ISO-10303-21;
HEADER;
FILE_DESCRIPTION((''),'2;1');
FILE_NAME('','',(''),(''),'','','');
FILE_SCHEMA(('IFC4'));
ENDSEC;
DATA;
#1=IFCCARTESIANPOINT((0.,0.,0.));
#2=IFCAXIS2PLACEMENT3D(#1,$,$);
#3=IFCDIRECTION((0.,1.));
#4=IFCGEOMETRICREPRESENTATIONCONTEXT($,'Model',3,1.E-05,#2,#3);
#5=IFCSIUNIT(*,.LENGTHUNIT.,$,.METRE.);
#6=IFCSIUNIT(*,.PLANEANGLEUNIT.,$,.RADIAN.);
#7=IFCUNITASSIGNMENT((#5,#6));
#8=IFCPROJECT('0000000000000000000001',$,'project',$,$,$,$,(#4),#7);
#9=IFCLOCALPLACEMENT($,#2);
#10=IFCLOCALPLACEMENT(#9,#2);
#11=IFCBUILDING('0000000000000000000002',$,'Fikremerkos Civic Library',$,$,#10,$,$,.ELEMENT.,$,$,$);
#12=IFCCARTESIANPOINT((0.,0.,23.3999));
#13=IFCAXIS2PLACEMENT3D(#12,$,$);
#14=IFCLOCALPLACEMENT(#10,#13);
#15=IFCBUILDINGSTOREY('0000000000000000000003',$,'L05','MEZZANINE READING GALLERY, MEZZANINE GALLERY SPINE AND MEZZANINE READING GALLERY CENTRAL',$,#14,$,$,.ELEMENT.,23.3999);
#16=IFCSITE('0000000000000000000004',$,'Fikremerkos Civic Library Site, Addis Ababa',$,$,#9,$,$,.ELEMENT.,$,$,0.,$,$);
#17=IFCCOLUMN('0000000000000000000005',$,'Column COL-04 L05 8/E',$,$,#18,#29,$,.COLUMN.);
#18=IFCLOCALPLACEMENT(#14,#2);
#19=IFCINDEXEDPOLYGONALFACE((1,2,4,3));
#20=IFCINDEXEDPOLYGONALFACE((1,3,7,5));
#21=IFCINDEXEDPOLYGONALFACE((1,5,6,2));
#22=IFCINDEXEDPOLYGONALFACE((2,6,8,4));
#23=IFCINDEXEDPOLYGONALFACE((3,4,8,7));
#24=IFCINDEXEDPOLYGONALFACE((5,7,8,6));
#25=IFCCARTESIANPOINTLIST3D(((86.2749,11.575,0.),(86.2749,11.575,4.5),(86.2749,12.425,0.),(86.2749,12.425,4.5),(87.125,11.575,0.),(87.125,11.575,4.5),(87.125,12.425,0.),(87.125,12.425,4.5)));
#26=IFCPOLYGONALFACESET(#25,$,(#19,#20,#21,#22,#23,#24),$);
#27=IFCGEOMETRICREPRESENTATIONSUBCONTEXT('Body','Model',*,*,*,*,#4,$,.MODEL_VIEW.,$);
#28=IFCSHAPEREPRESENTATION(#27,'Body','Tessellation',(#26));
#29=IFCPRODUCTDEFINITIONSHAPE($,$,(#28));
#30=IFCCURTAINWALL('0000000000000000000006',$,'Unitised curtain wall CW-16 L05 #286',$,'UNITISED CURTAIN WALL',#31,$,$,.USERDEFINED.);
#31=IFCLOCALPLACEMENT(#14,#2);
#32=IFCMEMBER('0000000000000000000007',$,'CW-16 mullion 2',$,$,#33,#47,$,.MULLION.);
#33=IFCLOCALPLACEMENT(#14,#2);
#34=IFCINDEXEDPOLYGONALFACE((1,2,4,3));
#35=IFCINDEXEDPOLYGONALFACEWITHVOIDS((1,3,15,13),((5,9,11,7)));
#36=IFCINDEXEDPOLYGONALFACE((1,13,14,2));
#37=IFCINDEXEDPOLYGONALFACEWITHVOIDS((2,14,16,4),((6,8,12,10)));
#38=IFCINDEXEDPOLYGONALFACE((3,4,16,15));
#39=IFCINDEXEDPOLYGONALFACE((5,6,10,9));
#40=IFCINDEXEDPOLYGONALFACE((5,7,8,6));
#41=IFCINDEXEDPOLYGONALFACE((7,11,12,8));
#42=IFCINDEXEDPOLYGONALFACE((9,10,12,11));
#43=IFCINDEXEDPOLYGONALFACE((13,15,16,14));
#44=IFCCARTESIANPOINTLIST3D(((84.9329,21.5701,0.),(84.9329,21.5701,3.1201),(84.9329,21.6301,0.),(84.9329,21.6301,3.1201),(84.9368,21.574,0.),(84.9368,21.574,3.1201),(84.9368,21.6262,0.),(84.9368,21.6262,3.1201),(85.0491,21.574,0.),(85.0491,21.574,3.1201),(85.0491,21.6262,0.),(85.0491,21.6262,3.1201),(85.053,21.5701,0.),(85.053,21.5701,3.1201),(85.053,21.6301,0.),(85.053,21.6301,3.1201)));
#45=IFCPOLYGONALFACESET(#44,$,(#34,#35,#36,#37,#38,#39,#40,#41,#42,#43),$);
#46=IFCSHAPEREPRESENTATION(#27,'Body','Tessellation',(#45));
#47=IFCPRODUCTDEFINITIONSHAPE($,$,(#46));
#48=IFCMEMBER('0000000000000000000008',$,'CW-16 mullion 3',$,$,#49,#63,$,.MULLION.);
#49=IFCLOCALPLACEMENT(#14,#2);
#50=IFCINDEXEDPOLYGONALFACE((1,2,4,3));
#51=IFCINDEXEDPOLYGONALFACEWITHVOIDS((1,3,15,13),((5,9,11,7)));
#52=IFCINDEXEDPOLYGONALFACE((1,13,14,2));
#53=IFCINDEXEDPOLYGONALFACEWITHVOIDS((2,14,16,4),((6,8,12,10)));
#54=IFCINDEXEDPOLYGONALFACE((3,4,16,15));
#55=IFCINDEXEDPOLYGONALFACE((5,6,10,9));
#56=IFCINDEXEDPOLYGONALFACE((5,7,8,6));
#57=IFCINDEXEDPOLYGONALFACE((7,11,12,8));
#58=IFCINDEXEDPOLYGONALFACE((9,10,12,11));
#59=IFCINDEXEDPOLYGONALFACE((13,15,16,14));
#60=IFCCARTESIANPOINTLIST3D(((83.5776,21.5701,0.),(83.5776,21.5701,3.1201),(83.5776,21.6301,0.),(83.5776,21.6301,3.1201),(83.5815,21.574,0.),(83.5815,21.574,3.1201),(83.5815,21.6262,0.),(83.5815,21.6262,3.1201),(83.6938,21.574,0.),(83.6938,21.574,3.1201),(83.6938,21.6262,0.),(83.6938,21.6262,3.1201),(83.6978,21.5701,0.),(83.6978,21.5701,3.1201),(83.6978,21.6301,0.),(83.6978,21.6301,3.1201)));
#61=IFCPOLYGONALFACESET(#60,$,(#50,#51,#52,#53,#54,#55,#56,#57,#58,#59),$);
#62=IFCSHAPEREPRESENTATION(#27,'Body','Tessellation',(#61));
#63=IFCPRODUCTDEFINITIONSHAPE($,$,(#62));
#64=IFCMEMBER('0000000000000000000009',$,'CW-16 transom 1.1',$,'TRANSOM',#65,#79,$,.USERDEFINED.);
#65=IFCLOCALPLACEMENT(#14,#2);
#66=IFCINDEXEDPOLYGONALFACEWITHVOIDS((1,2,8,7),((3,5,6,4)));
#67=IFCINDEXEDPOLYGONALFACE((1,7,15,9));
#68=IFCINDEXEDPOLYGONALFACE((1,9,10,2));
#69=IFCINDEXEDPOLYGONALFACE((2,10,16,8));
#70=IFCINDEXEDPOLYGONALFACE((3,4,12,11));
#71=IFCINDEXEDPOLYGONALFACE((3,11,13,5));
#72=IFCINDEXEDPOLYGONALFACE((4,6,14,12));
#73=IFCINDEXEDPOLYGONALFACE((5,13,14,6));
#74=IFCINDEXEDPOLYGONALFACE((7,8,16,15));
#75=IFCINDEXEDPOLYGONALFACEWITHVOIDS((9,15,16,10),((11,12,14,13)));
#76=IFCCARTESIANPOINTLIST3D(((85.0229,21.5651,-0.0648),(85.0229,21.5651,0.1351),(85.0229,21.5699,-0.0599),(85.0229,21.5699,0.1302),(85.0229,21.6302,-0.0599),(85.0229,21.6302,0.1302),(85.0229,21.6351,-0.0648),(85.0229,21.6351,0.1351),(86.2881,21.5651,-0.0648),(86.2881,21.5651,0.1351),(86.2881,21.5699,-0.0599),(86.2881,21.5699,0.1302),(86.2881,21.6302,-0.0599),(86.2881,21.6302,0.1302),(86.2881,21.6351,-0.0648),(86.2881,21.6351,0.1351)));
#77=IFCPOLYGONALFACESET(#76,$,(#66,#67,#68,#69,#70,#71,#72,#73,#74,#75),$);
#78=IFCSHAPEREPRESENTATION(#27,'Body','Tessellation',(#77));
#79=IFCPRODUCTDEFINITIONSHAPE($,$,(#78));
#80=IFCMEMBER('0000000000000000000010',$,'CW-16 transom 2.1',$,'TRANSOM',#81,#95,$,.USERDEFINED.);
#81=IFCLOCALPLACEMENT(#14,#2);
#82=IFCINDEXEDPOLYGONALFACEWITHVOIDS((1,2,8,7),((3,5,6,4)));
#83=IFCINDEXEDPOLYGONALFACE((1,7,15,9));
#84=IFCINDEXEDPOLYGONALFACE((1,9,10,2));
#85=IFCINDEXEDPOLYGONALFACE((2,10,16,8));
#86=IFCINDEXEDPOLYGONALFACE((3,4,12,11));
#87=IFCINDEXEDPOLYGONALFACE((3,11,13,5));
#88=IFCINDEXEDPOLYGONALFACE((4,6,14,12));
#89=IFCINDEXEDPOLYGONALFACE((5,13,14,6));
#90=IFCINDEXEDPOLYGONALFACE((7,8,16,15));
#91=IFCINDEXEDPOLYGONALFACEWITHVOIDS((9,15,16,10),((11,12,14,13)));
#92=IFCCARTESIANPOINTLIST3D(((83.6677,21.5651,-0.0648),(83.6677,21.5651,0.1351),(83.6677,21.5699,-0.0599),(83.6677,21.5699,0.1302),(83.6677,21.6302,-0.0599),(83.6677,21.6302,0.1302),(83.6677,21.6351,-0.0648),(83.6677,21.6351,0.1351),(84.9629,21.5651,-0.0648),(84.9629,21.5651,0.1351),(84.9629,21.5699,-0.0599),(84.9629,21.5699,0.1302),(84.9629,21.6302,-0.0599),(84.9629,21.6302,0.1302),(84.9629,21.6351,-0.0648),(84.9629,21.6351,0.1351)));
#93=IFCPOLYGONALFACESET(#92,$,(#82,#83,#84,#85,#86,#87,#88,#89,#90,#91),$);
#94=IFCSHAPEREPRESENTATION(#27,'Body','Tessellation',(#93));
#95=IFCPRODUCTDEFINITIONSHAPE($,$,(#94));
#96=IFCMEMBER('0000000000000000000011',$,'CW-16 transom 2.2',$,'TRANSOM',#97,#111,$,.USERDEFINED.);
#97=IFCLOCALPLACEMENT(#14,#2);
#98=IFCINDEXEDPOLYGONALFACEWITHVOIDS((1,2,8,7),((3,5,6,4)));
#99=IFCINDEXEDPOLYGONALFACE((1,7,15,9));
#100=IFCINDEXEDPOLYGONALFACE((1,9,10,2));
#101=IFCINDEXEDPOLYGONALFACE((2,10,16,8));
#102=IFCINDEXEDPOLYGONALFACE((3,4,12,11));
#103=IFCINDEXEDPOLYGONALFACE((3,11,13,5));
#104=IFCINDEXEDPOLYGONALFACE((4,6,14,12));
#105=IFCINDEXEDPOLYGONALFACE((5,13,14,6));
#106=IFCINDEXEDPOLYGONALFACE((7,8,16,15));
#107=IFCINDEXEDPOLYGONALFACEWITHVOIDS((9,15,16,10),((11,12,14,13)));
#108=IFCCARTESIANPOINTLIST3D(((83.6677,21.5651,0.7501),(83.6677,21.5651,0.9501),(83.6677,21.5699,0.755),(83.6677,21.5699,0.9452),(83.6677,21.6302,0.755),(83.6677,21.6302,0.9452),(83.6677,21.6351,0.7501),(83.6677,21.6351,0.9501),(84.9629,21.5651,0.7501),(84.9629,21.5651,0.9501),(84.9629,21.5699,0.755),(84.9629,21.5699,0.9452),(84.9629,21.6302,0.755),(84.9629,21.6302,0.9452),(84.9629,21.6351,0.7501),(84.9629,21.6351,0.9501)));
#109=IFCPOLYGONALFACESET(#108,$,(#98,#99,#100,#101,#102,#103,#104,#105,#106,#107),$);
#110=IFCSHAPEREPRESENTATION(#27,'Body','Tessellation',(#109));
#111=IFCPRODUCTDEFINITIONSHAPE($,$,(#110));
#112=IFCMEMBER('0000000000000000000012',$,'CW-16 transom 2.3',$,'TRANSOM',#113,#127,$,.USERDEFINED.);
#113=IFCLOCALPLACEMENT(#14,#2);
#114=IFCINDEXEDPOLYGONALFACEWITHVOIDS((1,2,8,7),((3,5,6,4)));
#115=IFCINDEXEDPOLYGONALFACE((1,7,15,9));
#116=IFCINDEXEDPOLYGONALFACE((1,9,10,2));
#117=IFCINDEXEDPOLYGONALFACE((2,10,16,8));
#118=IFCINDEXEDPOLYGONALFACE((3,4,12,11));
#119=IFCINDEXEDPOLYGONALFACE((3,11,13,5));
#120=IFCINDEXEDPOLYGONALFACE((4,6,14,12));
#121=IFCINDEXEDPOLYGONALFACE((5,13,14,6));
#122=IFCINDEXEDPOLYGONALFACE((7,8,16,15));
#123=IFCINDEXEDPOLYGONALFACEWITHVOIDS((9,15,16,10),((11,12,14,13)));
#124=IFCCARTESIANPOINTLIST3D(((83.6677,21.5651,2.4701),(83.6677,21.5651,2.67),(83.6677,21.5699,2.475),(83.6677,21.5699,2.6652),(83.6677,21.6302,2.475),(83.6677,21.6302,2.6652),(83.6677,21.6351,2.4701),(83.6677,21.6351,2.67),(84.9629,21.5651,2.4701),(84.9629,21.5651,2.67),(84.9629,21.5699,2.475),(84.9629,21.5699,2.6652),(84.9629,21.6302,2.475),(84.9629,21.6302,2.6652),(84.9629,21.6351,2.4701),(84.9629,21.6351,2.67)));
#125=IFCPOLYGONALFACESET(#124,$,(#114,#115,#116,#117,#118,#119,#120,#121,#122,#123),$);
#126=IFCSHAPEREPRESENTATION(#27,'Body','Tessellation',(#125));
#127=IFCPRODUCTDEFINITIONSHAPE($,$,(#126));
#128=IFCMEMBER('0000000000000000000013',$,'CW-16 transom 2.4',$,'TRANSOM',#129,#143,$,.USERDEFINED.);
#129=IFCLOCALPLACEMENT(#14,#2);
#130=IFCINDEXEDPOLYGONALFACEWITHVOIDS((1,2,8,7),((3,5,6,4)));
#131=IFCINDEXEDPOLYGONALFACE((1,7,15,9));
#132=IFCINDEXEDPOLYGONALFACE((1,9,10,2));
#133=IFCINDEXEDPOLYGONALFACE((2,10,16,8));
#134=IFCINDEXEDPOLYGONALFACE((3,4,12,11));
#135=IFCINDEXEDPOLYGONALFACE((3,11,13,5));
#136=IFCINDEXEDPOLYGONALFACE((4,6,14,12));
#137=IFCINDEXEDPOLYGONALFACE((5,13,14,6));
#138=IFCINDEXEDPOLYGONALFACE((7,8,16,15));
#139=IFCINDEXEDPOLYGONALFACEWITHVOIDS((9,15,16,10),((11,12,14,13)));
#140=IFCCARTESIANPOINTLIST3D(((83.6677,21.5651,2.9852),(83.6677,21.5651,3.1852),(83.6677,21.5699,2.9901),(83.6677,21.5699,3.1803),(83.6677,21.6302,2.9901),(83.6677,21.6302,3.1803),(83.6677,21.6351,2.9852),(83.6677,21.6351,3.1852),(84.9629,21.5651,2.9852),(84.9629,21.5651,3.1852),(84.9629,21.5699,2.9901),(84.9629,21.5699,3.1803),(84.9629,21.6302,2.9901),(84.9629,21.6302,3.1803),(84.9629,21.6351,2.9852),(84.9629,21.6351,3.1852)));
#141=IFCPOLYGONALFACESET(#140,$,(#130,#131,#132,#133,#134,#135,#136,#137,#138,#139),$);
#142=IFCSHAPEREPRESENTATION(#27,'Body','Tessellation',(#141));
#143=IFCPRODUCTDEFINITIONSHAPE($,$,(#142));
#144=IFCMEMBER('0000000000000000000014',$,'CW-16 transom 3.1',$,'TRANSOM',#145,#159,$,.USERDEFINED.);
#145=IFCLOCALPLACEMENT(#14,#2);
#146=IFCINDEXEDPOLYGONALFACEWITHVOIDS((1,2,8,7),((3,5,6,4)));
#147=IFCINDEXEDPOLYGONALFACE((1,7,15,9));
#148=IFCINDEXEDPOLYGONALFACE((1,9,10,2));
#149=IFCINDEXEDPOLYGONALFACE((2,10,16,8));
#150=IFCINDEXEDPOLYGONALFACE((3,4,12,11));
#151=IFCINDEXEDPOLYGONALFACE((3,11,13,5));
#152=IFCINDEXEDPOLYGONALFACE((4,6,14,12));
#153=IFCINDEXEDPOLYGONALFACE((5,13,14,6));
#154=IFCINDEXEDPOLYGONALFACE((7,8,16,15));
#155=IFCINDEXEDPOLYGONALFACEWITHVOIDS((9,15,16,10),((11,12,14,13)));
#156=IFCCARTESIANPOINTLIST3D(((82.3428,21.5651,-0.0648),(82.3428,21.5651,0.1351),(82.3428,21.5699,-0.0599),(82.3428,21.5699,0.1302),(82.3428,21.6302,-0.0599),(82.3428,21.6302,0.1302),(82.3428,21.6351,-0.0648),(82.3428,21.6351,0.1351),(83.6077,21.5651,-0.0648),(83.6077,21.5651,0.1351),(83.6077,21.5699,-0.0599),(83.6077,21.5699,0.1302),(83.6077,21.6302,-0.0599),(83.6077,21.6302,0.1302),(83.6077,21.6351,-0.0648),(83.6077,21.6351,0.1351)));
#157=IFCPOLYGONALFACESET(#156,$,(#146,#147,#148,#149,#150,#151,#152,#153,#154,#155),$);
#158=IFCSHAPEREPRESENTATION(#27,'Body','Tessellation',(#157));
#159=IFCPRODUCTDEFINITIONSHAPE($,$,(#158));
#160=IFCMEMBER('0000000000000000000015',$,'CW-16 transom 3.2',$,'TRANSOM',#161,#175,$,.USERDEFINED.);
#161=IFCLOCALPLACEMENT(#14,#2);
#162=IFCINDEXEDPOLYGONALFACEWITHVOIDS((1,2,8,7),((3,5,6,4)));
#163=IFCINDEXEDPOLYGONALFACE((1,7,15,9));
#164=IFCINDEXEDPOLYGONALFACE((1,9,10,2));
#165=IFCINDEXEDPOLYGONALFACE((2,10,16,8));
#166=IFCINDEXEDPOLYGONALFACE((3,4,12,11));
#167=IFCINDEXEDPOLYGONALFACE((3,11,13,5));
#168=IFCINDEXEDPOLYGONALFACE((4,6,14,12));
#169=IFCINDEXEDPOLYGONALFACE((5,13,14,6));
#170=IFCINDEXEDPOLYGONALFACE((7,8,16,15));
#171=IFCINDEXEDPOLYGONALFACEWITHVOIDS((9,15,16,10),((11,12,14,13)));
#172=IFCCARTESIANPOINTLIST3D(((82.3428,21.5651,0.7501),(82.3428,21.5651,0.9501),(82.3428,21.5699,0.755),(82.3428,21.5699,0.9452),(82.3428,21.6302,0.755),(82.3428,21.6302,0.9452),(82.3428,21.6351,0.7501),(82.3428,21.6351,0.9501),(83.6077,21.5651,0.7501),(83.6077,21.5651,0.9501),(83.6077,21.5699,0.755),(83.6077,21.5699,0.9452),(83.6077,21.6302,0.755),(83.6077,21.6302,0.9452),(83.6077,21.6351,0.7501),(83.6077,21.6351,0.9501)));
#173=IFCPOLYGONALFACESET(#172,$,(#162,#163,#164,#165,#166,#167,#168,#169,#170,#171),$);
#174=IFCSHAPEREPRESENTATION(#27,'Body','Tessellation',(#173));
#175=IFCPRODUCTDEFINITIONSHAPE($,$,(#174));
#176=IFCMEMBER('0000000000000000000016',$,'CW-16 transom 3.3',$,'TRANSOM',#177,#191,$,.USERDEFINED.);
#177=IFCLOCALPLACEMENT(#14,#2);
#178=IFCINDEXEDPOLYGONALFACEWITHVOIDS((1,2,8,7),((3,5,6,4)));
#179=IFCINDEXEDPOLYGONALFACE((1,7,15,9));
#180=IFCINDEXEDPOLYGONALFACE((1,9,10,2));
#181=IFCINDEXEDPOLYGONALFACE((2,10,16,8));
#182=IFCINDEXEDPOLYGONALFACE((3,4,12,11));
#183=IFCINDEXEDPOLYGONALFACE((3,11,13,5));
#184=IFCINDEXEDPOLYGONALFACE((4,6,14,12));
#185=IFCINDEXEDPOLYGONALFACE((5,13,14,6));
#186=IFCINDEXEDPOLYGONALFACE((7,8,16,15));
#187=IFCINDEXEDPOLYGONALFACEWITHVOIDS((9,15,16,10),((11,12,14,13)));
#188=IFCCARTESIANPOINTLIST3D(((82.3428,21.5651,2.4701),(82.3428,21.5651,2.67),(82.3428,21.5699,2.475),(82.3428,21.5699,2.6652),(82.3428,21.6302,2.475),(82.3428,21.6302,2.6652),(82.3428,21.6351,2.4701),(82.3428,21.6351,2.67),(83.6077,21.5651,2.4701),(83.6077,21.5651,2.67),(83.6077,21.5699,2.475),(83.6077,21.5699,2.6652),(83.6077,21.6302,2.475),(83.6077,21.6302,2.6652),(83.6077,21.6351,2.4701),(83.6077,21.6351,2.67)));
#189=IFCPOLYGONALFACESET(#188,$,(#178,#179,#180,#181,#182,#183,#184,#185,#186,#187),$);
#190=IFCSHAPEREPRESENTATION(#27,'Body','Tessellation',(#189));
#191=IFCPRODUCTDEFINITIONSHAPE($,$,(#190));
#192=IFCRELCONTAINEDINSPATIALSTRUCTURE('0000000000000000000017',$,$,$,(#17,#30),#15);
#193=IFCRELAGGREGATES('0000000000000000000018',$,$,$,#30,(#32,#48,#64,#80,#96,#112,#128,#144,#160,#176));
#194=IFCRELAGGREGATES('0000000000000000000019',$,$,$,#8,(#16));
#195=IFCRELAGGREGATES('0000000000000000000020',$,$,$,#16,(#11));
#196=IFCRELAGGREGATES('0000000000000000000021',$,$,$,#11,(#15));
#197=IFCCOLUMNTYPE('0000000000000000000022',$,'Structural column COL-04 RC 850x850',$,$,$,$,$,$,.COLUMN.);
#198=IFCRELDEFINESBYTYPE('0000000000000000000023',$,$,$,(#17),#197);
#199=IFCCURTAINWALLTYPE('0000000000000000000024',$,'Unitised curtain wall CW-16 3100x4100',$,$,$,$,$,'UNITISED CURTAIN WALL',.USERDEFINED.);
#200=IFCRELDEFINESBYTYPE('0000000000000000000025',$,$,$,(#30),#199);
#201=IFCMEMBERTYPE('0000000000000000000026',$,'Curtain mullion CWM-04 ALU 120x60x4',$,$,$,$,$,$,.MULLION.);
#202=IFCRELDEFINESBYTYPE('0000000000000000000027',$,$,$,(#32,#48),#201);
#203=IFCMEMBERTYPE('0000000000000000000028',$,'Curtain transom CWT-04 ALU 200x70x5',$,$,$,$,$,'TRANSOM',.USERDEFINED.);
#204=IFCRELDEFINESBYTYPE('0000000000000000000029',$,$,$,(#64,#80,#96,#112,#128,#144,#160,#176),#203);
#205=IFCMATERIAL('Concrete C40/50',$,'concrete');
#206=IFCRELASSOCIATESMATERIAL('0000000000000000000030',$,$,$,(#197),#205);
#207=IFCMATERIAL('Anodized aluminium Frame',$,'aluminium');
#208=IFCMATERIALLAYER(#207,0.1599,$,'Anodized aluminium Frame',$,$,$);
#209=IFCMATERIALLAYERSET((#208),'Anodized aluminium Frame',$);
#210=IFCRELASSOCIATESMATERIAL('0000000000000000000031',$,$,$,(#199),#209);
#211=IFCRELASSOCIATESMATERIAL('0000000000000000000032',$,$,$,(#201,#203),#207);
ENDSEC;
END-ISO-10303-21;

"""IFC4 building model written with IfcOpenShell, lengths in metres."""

from ifc_helpers import new_model, si_unit, direction, frame, origin, origin_2d, place, context, subcontext, project, spatial, rectangle, hollow_rectangle, extrude, material, layer, layer_set, material_profile, profile_set, type_object, element, aggregate, save


model = new_model("IFC4")

# Units and contexts
model_context = context("Model", 3, precision=1e-05, world=origin(), true_north=direction((0.0, 1.0)))
body_context = subcontext(model_context, "Body", "Model", "MODEL_VIEW")
ifc_project = project(units=[si_unit("LENGTHUNIT", "METRE"), si_unit("PLANEANGLEUNIT", "RADIAN")], contexts=[model_context])

# Site, building, storey
site_placement = place(None, origin())
site = spatial("IfcSite", under=ifc_project, at=site_placement, Name="Fikremerkos Civic Library Site, Addis Ababa", CompositionType="ELEMENT", RefElevation=0.0)
building_placement = place(site_placement, origin())
building = spatial("IfcBuilding", under=site, at=building_placement, Name="Fikremerkos Civic Library", CompositionType="ELEMENT")
storey_placement = place(building_placement, frame((0.0, 0.0, 23.3999)))
storey = spatial("IfcBuildingStorey", under=building, at=storey_placement, Name="L05", Description="MEZZANINE READING GALLERY, MEZZANINE GALLERY SPINE AND MEZZANINE READING GALLERY CENTRAL", CompositionType="ELEMENT", Elevation=23.3999)

# Column
ifc_material_1 = material(Name="Concrete C40/50", Category="concrete")
ifc_material_profile_1 = material_profile(ifc_material_1, rectangle(XDim=0.8501, YDim=0.8501, at=origin_2d()), Name="RC 850x850")
ifc_profile_set_1 = profile_set([ifc_material_profile_1], Name="Concrete C40/50")
column_type = type_object("IfcColumnType", Name="Structural column COL-04 RC 850x850", PredefinedType="COLUMN", material=ifc_profile_set_1)
column_placement = place(storey_placement, frame((86.7, 12.0, 0.0), z_axis=(0.0, 0.0, 1.0), x_axis=(1.0, 0.0, 0.0)))
element("IfcColumn", 1, at=column_placement, inside=storey, type_object=column_type, Name="Column COL-04 L05 8/E", PredefinedType="COLUMN", context=body_context, shape_type="SweptSolid", body=[
    extrude(rectangle(XDim=0.8501, YDim=0.8501, at=origin_2d()), origin(), (0.0, 0.0, 1.0), 4.5),
])

# Curtain wall, members
ifc_material_2 = material(Name="Anodized aluminium Frame", Category="aluminium")
ifc_layer_1 = layer(ifc_material_2, 0.1599, Name="Anodized aluminium Frame")
ifc_layer_set_1 = layer_set([ifc_layer_1], Name="Anodized aluminium Frame")
curtain_wall_type = type_object("IfcCurtainWallType", Name="Unitised curtain wall CW-16 3100x4100", ElementType="UNITISED CURTAIN WALL", PredefinedType="USERDEFINED", material=ifc_layer_set_1)
curtain_wall_placement = place(storey_placement, origin())
curtain_wall = element("IfcCurtainWall", 2, at=curtain_wall_placement, inside=storey, type_object=curtain_wall_type, Name="Unitised curtain wall CW-16 L05 #286", ObjectType="UNITISED CURTAIN WALL", PredefinedType="USERDEFINED")
ifc_material_profile_2 = material_profile(ifc_material_2, hollow_rectangle(XDim=0.0601, YDim=0.1201, WallThickness=0.0039, at=origin_2d()), Name="ALU 120x60x4")
ifc_profile_set_2 = profile_set([ifc_material_profile_2], Name="Anodized aluminium Frame")
member_type_1 = type_object("IfcMemberType", Name="Curtain mullion CWM-04 ALU 120x60x4", PredefinedType="MULLION", material=ifc_profile_set_2)
member_1_placement = place(storey_placement, frame((84.9929, 21.6001, 0.0), z_axis=(0.0, 0.0, 1.0), x_axis=(0.0, -1.0, 0.0)))
member_1 = element("IfcMember", 3, at=member_1_placement, type_object=member_type_1, Name="CW-16 mullion 2", PredefinedType="MULLION", context=body_context, shape_type="SweptSolid", body=[
    extrude(hollow_rectangle(XDim=0.0601, YDim=0.1201, WallThickness=0.0039, at=origin_2d()), origin(), (0.0, 0.0, 1.0), 3.1201),
])
member_2_placement = place(storey_placement, frame((83.6377, 21.6001, 0.0), z_axis=(0.0, 0.0, 1.0), x_axis=(0.0, -1.0, 0.0)))
member_2 = element("IfcMember", 4, at=member_2_placement, type_object=member_type_1, Name="CW-16 mullion 3", PredefinedType="MULLION", context=body_context, shape_type="SweptSolid", body=[
    extrude(hollow_rectangle(XDim=0.0601, YDim=0.1201, WallThickness=0.0039, at=origin_2d()), origin(), (0.0, 0.0, 1.0), 3.1201),
])
ifc_material_profile_3 = material_profile(ifc_material_2, hollow_rectangle(XDim=0.0701, YDim=0.2, WallThickness=0.0049, at=origin_2d()), Name="ALU 200x70x5")
ifc_profile_set_3 = profile_set([ifc_material_profile_3], Name="Anodized aluminium Frame")
member_type_2 = type_object("IfcMemberType", Name="Curtain transom CWT-04 ALU 200x70x5", ElementType="TRANSOM", PredefinedType="USERDEFINED", material=ifc_profile_set_3)
member_3_placement = place(storey_placement, frame((86.2881, 21.6001, 0.0352), z_axis=(-1.0, 0.0, 0.0), x_axis=(0.0, -1.0, 0.0)))
member_3 = element("IfcMember", 5, at=member_3_placement, type_object=member_type_2, Name="CW-16 transom 1.1", ObjectType="TRANSOM", PredefinedType="USERDEFINED", context=body_context, shape_type="SweptSolid", body=[
    extrude(hollow_rectangle(XDim=0.0701, YDim=0.2, WallThickness=0.0049, at=origin_2d()), origin(), (0.0, 0.0, 1.0), 1.2651),
])
member_4_placement = place(storey_placement, frame((84.9629, 21.6001, 0.0352), z_axis=(-1.0, 0.0, 0.0), x_axis=(0.0, -1.0, 0.0)))
member_4 = element("IfcMember", 6, at=member_4_placement, type_object=member_type_2, Name="CW-16 transom 2.1", ObjectType="TRANSOM", PredefinedType="USERDEFINED", context=body_context, shape_type="SweptSolid", body=[
    extrude(hollow_rectangle(XDim=0.0701, YDim=0.2, WallThickness=0.0049, at=origin_2d()), origin(), (0.0, 0.0, 1.0), 1.2952),
])
member_5_placement = place(storey_placement, frame((84.9629, 21.6001, 0.8501), z_axis=(-1.0, 0.0, 0.0), x_axis=(0.0, -1.0, 0.0)))
member_5 = element("IfcMember", 7, at=member_5_placement, type_object=member_type_2, Name="CW-16 transom 2.2", ObjectType="TRANSOM", PredefinedType="USERDEFINED", context=body_context, shape_type="SweptSolid", body=[
    extrude(hollow_rectangle(XDim=0.0701, YDim=0.2, WallThickness=0.0049, at=origin_2d()), origin(), (0.0, 0.0, 1.0), 1.2952),
])
member_6_placement = place(storey_placement, frame((84.9629, 21.6001, 2.5701), z_axis=(-1.0, 0.0, 0.0), x_axis=(0.0, -1.0, 0.0)))
member_6 = element("IfcMember", 8, at=member_6_placement, type_object=member_type_2, Name="CW-16 transom 2.3", ObjectType="TRANSOM", PredefinedType="USERDEFINED", context=body_context, shape_type="SweptSolid", body=[
    extrude(hollow_rectangle(XDim=0.0701, YDim=0.2, WallThickness=0.0049, at=origin_2d()), origin(), (0.0, 0.0, 1.0), 1.2952),
])
member_7_placement = place(storey_placement, frame((84.9629, 21.6001, 3.0852), z_axis=(-1.0, 0.0, 0.0), x_axis=(0.0, -1.0, 0.0)))
member_7 = element("IfcMember", 9, at=member_7_placement, type_object=member_type_2, Name="CW-16 transom 2.4", ObjectType="TRANSOM", PredefinedType="USERDEFINED", context=body_context, shape_type="SweptSolid", body=[
    extrude(hollow_rectangle(XDim=0.0701, YDim=0.2, WallThickness=0.0049, at=origin_2d()), origin(), (0.0, 0.0, 1.0), 1.2952),
])
member_8_placement = place(storey_placement, frame((83.6077, 21.6001, 0.0352), z_axis=(-1.0, 0.0, 0.0), x_axis=(0.0, -1.0, 0.0)))
member_8 = element("IfcMember", 10, at=member_8_placement, type_object=member_type_2, Name="CW-16 transom 3.1", ObjectType="TRANSOM", PredefinedType="USERDEFINED", context=body_context, shape_type="SweptSolid", body=[
    extrude(hollow_rectangle(XDim=0.0701, YDim=0.2, WallThickness=0.0049, at=origin_2d()), origin(), (0.0, 0.0, 1.0), 1.2649),
])
member_9_placement = place(storey_placement, frame((83.6077, 21.6001, 0.8501), z_axis=(-1.0, 0.0, 0.0), x_axis=(0.0, -1.0, 0.0)))
member_9 = element("IfcMember", 11, at=member_9_placement, type_object=member_type_2, Name="CW-16 transom 3.2", ObjectType="TRANSOM", PredefinedType="USERDEFINED", context=body_context, shape_type="SweptSolid", body=[
    extrude(hollow_rectangle(XDim=0.0701, YDim=0.2, WallThickness=0.0049, at=origin_2d()), origin(), (0.0, 0.0, 1.0), 1.2649),
])
member_10_placement = place(storey_placement, frame((83.6077, 21.6001, 2.5701), z_axis=(-1.0, 0.0, 0.0), x_axis=(0.0, -1.0, 0.0)))
member_10 = element("IfcMember", 12, at=member_10_placement, type_object=member_type_2, Name="CW-16 transom 3.3", ObjectType="TRANSOM", PredefinedType="USERDEFINED", context=body_context, shape_type="SweptSolid", body=[
    extrude(hollow_rectangle(XDim=0.0701, YDim=0.2, WallThickness=0.0049, at=origin_2d()), origin(), (0.0, 0.0, 1.0), 1.2649),
])
aggregate(curtain_wall, [member_1, member_2, member_3, member_4, member_5, member_6, member_7, member_8, member_9, member_10])

save(model, "model.ifc")
